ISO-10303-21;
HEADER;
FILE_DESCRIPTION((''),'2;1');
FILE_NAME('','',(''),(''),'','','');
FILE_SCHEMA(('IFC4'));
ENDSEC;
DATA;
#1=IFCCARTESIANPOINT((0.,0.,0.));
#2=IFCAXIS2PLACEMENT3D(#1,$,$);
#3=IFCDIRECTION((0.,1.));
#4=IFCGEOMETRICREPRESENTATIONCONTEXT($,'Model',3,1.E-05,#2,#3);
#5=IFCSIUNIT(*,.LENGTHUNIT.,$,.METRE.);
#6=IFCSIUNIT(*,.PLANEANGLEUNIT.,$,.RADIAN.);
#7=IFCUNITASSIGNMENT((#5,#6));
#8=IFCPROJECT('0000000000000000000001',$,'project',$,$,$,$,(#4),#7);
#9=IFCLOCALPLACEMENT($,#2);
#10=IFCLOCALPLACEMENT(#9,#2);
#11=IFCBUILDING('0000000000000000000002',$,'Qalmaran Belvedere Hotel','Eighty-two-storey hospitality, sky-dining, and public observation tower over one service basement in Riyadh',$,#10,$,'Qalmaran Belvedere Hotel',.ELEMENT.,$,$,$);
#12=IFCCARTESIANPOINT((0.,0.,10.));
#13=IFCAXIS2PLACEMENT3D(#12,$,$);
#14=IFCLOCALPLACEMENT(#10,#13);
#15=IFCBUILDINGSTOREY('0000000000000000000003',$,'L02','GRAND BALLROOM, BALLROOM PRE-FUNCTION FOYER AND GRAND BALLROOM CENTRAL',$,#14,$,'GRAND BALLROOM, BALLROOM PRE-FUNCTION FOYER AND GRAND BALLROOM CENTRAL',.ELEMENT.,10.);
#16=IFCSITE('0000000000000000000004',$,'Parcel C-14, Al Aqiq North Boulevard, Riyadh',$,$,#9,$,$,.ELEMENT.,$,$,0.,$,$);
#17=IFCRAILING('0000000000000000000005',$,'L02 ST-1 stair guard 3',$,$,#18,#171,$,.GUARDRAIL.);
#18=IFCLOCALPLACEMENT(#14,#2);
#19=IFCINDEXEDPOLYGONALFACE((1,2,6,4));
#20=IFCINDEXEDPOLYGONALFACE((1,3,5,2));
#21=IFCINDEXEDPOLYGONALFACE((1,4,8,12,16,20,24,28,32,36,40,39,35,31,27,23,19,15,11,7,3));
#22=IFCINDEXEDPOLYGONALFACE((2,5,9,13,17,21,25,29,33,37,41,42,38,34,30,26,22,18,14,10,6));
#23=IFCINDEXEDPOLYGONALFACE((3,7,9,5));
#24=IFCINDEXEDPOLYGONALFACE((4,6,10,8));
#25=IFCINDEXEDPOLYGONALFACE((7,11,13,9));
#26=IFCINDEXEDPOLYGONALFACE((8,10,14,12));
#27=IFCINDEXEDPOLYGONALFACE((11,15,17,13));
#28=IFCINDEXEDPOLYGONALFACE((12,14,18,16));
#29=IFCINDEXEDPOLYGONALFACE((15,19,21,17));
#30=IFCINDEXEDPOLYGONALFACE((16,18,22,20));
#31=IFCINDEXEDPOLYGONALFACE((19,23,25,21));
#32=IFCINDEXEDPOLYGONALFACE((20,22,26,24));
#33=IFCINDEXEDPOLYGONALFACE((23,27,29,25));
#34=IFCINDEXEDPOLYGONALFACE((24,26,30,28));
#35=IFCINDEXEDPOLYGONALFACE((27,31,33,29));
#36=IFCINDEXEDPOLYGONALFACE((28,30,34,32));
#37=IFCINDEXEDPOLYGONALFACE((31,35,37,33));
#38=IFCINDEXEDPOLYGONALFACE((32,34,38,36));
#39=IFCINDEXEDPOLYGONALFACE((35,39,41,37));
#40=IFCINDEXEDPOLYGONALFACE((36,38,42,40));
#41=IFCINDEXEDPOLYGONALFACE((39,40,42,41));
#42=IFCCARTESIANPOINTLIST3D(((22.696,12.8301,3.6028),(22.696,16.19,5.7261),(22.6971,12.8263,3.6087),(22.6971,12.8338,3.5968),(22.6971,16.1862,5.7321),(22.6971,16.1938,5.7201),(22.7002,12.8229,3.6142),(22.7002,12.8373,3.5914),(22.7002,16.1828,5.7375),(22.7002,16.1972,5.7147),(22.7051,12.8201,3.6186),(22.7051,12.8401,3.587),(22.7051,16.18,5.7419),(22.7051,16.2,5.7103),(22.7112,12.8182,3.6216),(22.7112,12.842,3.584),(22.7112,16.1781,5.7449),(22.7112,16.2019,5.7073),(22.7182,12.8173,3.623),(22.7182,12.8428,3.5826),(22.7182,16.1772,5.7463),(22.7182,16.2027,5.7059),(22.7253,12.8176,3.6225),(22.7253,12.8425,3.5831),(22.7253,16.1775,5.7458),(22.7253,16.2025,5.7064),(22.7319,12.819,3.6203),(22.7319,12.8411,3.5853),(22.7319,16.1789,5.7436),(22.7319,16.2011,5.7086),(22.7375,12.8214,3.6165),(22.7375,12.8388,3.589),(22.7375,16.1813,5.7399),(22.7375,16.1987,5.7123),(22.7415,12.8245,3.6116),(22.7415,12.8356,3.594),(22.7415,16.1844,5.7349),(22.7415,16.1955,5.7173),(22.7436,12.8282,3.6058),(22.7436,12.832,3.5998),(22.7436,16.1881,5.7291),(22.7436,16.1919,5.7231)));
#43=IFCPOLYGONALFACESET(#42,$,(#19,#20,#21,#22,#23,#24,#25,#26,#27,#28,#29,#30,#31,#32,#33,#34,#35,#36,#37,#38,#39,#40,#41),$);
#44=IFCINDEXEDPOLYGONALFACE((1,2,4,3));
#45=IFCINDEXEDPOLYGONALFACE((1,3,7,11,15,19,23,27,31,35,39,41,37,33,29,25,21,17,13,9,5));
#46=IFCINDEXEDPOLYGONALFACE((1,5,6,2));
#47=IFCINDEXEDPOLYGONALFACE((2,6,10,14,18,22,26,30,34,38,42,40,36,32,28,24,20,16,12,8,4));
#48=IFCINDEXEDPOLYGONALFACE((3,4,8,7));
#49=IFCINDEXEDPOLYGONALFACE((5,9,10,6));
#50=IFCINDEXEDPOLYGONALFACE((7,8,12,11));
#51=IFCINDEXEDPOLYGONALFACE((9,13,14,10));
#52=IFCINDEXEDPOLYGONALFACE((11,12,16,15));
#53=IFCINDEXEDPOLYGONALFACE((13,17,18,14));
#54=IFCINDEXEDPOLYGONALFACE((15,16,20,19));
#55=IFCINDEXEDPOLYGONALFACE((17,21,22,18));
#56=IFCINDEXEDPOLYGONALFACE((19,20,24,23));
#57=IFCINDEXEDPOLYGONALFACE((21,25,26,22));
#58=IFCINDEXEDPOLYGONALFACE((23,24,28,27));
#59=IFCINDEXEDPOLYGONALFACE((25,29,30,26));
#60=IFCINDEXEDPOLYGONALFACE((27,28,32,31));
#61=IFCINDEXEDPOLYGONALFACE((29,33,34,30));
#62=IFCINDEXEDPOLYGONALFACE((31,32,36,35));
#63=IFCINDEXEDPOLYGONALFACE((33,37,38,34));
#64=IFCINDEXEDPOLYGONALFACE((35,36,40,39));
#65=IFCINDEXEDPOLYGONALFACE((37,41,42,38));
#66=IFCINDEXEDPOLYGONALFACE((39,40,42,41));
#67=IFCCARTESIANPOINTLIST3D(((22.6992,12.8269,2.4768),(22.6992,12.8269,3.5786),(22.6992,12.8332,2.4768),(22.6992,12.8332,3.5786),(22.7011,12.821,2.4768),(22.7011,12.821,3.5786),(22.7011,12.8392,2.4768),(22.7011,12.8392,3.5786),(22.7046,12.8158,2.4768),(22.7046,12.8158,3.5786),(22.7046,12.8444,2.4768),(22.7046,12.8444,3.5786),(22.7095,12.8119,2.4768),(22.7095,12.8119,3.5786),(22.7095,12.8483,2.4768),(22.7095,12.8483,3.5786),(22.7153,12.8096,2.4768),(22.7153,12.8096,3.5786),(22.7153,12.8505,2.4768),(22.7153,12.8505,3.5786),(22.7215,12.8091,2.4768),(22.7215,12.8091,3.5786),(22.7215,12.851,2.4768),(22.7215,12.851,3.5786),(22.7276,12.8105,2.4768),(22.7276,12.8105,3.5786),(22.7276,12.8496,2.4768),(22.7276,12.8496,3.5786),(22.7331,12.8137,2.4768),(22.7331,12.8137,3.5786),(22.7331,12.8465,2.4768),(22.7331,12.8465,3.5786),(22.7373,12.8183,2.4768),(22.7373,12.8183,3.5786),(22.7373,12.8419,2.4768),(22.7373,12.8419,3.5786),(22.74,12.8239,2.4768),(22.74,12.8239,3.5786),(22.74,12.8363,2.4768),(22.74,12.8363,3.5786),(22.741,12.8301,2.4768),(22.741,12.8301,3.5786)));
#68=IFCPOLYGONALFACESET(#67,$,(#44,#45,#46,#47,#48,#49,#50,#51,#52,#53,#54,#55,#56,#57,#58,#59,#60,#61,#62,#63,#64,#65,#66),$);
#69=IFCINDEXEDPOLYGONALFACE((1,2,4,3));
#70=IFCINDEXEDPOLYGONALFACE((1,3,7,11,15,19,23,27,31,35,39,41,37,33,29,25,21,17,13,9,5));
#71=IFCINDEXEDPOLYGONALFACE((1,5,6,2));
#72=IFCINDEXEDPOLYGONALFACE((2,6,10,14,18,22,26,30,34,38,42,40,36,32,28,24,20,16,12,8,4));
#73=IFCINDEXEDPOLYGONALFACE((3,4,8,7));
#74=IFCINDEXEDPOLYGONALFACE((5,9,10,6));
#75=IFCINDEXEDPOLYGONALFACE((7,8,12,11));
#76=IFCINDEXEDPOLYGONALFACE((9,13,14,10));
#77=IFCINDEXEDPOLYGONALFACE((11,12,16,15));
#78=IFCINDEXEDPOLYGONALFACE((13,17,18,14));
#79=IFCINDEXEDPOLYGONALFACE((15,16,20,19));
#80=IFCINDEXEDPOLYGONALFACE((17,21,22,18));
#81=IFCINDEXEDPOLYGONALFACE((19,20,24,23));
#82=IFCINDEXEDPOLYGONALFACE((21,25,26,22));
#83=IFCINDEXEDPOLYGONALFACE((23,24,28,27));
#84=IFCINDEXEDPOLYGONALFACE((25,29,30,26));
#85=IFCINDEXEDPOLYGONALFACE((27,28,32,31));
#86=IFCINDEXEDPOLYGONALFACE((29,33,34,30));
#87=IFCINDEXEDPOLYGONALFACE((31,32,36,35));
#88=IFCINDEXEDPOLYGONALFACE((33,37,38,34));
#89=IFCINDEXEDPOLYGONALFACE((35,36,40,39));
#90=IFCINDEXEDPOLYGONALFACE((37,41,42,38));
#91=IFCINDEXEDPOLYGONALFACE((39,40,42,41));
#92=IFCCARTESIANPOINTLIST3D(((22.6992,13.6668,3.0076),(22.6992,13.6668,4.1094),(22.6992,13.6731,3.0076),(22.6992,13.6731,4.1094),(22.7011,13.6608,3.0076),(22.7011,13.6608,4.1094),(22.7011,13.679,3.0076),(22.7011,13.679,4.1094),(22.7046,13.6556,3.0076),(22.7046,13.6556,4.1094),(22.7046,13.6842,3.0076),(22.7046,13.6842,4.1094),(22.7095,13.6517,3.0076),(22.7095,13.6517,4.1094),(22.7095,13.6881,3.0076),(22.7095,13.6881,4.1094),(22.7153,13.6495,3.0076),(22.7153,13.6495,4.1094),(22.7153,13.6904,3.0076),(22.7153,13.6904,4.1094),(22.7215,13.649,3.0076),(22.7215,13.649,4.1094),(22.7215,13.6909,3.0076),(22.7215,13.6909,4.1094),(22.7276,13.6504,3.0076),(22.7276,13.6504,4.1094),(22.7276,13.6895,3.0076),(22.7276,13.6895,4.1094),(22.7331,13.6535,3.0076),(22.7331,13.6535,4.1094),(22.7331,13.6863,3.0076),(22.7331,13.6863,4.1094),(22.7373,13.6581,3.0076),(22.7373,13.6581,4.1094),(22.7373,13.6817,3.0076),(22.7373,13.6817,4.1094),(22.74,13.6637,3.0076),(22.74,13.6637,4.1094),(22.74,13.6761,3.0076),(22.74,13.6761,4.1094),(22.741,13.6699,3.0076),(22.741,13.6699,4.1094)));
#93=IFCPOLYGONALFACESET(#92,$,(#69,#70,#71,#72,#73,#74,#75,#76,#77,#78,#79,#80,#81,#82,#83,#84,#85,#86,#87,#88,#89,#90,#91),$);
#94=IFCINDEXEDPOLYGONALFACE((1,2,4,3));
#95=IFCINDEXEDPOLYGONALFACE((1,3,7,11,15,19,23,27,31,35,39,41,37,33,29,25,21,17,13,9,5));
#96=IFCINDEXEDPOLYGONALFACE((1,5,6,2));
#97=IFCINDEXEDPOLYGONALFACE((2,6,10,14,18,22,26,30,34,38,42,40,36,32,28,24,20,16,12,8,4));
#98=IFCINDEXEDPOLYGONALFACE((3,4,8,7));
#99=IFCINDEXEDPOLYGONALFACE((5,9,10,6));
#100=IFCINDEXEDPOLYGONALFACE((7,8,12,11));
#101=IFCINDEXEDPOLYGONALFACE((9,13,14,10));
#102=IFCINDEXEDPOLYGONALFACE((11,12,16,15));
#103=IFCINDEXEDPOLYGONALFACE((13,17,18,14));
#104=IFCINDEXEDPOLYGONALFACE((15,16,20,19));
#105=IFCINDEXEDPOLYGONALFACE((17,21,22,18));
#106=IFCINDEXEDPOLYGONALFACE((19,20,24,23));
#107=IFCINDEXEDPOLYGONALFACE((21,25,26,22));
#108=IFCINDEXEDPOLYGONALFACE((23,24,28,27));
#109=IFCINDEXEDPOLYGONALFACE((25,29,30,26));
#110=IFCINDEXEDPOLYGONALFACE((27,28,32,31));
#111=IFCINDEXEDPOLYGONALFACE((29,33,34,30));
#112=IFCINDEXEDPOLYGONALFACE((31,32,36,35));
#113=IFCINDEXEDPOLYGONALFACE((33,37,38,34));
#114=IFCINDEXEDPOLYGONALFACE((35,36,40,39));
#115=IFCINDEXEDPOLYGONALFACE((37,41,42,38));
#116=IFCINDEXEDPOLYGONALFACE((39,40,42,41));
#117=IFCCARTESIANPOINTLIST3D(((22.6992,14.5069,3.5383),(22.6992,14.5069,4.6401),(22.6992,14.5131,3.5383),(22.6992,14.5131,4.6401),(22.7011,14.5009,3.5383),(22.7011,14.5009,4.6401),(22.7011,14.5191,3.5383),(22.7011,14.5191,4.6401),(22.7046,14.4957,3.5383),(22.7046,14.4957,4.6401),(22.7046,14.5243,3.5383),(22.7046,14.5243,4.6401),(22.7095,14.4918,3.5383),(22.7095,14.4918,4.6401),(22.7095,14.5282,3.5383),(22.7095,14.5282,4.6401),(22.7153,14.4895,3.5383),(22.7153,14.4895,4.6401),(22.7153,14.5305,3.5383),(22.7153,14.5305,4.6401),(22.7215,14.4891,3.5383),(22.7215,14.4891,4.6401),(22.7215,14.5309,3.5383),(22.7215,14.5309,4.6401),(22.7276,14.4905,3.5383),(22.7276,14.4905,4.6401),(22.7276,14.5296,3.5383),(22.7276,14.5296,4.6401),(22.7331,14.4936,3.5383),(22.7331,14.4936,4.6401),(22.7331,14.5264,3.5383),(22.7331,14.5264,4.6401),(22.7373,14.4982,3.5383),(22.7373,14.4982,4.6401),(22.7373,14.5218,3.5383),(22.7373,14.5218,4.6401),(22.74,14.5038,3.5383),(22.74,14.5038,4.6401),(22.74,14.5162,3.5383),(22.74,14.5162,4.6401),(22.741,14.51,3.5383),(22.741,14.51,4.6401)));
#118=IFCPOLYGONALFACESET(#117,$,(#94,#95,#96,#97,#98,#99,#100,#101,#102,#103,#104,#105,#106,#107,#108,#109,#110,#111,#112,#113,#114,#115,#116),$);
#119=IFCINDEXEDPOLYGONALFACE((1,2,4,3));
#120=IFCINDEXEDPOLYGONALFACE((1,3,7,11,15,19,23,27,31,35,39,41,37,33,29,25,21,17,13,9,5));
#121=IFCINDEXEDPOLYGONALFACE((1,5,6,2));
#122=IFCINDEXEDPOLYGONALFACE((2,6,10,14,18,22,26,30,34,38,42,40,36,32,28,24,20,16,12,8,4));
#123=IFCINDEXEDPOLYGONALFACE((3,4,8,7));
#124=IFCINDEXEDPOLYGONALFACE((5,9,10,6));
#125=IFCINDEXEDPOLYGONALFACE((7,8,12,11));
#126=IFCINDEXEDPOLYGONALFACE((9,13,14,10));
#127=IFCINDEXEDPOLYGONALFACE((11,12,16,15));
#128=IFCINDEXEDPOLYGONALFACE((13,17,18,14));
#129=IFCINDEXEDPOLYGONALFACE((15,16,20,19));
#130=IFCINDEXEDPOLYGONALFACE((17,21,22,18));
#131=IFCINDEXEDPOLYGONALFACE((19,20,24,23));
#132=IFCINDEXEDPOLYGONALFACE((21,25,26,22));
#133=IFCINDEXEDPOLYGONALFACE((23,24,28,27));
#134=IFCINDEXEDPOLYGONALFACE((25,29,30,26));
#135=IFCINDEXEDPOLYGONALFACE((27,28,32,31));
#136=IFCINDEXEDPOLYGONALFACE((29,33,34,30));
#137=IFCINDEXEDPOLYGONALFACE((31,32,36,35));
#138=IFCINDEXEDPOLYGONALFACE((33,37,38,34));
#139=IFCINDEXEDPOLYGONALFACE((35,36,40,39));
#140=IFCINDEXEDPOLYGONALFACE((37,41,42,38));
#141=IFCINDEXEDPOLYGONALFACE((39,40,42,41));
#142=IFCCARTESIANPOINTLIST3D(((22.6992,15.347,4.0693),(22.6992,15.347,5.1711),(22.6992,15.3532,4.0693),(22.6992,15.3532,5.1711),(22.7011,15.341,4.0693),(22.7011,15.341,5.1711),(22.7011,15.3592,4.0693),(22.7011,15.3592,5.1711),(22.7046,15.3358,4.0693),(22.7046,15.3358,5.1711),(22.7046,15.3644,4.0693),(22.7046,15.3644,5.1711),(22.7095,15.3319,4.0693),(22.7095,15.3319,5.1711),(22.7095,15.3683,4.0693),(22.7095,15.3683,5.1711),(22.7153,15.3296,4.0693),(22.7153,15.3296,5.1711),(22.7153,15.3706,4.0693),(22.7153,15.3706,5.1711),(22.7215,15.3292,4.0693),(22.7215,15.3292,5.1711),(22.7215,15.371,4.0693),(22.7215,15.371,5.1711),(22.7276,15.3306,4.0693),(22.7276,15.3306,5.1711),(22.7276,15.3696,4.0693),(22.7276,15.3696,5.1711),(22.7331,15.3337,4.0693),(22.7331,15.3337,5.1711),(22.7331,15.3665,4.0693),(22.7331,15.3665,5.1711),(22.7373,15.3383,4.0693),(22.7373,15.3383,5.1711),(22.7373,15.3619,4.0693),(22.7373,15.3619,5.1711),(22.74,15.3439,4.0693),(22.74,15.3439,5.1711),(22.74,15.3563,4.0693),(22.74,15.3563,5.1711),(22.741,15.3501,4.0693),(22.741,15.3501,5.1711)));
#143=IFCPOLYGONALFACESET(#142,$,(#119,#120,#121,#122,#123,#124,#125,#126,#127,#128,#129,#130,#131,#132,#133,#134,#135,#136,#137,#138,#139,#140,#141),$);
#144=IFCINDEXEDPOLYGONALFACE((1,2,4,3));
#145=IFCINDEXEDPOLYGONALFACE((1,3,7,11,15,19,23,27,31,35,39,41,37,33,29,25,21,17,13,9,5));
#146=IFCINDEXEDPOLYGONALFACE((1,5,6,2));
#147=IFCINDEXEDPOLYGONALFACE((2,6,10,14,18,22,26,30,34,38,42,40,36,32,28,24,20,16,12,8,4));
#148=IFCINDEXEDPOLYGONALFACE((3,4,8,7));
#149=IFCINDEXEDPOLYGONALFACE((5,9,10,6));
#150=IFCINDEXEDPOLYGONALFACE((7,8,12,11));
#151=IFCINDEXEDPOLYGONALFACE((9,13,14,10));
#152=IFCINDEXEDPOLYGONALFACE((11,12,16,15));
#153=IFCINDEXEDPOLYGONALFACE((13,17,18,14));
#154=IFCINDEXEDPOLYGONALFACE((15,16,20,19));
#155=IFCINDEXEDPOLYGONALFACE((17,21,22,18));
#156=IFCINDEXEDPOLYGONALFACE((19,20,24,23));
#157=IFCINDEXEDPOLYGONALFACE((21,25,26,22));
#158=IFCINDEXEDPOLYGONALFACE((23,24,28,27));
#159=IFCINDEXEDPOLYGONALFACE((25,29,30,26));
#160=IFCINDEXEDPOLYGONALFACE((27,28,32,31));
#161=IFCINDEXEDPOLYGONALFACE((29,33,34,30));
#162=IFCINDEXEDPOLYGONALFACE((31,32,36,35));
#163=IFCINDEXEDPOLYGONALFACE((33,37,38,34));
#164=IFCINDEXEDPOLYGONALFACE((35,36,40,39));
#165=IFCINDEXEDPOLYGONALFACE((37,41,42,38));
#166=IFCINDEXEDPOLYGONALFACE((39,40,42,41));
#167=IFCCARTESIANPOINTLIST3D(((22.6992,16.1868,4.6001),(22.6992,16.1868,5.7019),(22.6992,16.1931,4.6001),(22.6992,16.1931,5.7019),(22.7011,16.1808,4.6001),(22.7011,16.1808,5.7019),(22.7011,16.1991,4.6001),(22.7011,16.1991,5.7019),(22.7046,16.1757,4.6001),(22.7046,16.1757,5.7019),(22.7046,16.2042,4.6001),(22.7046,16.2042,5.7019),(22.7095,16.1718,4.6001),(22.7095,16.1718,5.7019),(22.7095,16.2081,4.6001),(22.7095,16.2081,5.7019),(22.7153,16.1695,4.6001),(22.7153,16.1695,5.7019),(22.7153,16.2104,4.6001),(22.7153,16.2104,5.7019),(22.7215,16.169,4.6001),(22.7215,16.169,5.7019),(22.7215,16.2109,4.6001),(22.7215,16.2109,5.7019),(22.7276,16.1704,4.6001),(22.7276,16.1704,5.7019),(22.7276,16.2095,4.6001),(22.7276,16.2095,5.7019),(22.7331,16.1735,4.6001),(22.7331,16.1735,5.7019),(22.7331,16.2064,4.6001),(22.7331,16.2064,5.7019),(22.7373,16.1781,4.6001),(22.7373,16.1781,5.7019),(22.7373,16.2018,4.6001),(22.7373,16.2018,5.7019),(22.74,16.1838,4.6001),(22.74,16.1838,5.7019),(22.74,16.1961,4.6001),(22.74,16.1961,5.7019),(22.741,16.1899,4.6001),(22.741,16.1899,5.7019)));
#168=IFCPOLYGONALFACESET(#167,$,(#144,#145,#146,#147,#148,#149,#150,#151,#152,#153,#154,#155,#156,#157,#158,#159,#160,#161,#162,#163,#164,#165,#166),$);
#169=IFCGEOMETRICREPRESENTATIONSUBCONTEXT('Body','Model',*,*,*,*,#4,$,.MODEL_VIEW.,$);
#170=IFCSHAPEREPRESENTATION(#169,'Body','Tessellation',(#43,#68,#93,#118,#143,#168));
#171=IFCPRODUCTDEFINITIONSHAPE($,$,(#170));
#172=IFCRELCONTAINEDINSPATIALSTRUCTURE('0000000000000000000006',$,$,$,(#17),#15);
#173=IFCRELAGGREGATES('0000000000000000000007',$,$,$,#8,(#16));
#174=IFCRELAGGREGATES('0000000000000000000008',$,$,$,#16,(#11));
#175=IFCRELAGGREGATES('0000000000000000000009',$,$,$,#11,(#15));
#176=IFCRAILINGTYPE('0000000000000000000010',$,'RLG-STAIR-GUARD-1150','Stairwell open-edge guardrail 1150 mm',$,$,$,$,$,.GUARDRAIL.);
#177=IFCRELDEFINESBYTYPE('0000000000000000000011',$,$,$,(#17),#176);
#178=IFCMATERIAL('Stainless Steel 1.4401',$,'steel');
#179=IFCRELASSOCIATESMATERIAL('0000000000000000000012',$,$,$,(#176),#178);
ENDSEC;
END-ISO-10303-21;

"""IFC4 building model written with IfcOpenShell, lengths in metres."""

from ifc_helpers import new_model, si_unit, direction, frame, origin, origin_2d, place, context, subcontext, project, spatial, circle, extrude, material, type_object, element, save


model = new_model("IFC4")

# Units and contexts
model_context = context("Model", 3, precision=1e-05, world=origin(), true_north=direction((0.0, 1.0)))
body_context = subcontext(model_context, "Body", "Model", "MODEL_VIEW")
ifc_project = project(units=[si_unit("LENGTHUNIT", "METRE"), si_unit("PLANEANGLEUNIT", "RADIAN")], contexts=[model_context])

# Site, building, storey
site_placement = place(None, origin())
site = spatial("IfcSite", under=ifc_project, at=site_placement, Name="Parcel C-14, Al Aqiq North Boulevard, Riyadh", CompositionType="ELEMENT", RefElevation=0.0)
building_placement = place(site_placement, origin())
building = spatial("IfcBuilding", under=site, at=building_placement, Name="Qalmaran Belvedere Hotel", Description="Eighty-two-storey hospitality, sky-dining, and public observation tower over one service basement in Riyadh", LongName="Qalmaran Belvedere Hotel", CompositionType="ELEMENT")
storey_placement = place(building_placement, frame((0.0, 0.0, 10.0)))
storey = spatial("IfcBuildingStorey", under=building, at=storey_placement, Name="L02", Description="GRAND BALLROOM, BALLROOM PRE-FUNCTION FOYER AND GRAND BALLROOM CENTRAL", LongName="GRAND BALLROOM, BALLROOM PRE-FUNCTION FOYER AND GRAND BALLROOM CENTRAL", CompositionType="ELEMENT", Elevation=10.0)

# Shared definitions
ifc_material_1 = material(Name="Stainless Steel 1.4401", Category="steel")

# Railing
railing_type_1 = type_object("IfcRailingType", Name="RLG-STAIR-GUARD-1150", Description="Stairwell open-edge guardrail 1150 mm", PredefinedType="GUARDRAIL", material=ifc_material_1)
railing_1_placement = place(storey_placement, frame((22.72, 12.8301, 2.4768)))
element("IfcRailing", 1, at=railing_1_placement, inside=storey, type_object=railing_type_1, Name="L02 ST-1 stair guard 3", PredefinedType="GUARDRAIL", context=body_context, shape_type="SweptSolid", body=[
    extrude(circle(Radius=0.0239, at=origin_2d()), frame((0.0, 0.0, 1.126), z_axis=(0.0, 0.845344, 0.534222), x_axis=(-1.0, 0.0, 0.0)), (0.0, 0.0, 1.0), 3.9746),
    extrude(circle(Radius=0.021, at=origin_2d()), origin(), (0.0, 0.0, 1.0), 1.1018),
    extrude(circle(Radius=0.021, at=origin_2d()), frame((0.0, 0.8398, 0.5308)), (0.0, 0.0, 1.0), 1.1018),
    extrude(circle(Radius=0.021, at=origin_2d()), frame((0.0, 1.6799, 1.0615)), (0.0, 0.0, 1.0), 1.1018),
    extrude(circle(Radius=0.021, at=origin_2d()), frame((0.0, 2.52, 1.5925)), (0.0, 0.0, 1.0), 1.1018),
    extrude(circle(Radius=0.021, at=origin_2d()), frame((0.0, 3.3599, 2.1233)), (0.0, 0.0, 1.0), 1.1018),
])

save(model, "model.ifc")
